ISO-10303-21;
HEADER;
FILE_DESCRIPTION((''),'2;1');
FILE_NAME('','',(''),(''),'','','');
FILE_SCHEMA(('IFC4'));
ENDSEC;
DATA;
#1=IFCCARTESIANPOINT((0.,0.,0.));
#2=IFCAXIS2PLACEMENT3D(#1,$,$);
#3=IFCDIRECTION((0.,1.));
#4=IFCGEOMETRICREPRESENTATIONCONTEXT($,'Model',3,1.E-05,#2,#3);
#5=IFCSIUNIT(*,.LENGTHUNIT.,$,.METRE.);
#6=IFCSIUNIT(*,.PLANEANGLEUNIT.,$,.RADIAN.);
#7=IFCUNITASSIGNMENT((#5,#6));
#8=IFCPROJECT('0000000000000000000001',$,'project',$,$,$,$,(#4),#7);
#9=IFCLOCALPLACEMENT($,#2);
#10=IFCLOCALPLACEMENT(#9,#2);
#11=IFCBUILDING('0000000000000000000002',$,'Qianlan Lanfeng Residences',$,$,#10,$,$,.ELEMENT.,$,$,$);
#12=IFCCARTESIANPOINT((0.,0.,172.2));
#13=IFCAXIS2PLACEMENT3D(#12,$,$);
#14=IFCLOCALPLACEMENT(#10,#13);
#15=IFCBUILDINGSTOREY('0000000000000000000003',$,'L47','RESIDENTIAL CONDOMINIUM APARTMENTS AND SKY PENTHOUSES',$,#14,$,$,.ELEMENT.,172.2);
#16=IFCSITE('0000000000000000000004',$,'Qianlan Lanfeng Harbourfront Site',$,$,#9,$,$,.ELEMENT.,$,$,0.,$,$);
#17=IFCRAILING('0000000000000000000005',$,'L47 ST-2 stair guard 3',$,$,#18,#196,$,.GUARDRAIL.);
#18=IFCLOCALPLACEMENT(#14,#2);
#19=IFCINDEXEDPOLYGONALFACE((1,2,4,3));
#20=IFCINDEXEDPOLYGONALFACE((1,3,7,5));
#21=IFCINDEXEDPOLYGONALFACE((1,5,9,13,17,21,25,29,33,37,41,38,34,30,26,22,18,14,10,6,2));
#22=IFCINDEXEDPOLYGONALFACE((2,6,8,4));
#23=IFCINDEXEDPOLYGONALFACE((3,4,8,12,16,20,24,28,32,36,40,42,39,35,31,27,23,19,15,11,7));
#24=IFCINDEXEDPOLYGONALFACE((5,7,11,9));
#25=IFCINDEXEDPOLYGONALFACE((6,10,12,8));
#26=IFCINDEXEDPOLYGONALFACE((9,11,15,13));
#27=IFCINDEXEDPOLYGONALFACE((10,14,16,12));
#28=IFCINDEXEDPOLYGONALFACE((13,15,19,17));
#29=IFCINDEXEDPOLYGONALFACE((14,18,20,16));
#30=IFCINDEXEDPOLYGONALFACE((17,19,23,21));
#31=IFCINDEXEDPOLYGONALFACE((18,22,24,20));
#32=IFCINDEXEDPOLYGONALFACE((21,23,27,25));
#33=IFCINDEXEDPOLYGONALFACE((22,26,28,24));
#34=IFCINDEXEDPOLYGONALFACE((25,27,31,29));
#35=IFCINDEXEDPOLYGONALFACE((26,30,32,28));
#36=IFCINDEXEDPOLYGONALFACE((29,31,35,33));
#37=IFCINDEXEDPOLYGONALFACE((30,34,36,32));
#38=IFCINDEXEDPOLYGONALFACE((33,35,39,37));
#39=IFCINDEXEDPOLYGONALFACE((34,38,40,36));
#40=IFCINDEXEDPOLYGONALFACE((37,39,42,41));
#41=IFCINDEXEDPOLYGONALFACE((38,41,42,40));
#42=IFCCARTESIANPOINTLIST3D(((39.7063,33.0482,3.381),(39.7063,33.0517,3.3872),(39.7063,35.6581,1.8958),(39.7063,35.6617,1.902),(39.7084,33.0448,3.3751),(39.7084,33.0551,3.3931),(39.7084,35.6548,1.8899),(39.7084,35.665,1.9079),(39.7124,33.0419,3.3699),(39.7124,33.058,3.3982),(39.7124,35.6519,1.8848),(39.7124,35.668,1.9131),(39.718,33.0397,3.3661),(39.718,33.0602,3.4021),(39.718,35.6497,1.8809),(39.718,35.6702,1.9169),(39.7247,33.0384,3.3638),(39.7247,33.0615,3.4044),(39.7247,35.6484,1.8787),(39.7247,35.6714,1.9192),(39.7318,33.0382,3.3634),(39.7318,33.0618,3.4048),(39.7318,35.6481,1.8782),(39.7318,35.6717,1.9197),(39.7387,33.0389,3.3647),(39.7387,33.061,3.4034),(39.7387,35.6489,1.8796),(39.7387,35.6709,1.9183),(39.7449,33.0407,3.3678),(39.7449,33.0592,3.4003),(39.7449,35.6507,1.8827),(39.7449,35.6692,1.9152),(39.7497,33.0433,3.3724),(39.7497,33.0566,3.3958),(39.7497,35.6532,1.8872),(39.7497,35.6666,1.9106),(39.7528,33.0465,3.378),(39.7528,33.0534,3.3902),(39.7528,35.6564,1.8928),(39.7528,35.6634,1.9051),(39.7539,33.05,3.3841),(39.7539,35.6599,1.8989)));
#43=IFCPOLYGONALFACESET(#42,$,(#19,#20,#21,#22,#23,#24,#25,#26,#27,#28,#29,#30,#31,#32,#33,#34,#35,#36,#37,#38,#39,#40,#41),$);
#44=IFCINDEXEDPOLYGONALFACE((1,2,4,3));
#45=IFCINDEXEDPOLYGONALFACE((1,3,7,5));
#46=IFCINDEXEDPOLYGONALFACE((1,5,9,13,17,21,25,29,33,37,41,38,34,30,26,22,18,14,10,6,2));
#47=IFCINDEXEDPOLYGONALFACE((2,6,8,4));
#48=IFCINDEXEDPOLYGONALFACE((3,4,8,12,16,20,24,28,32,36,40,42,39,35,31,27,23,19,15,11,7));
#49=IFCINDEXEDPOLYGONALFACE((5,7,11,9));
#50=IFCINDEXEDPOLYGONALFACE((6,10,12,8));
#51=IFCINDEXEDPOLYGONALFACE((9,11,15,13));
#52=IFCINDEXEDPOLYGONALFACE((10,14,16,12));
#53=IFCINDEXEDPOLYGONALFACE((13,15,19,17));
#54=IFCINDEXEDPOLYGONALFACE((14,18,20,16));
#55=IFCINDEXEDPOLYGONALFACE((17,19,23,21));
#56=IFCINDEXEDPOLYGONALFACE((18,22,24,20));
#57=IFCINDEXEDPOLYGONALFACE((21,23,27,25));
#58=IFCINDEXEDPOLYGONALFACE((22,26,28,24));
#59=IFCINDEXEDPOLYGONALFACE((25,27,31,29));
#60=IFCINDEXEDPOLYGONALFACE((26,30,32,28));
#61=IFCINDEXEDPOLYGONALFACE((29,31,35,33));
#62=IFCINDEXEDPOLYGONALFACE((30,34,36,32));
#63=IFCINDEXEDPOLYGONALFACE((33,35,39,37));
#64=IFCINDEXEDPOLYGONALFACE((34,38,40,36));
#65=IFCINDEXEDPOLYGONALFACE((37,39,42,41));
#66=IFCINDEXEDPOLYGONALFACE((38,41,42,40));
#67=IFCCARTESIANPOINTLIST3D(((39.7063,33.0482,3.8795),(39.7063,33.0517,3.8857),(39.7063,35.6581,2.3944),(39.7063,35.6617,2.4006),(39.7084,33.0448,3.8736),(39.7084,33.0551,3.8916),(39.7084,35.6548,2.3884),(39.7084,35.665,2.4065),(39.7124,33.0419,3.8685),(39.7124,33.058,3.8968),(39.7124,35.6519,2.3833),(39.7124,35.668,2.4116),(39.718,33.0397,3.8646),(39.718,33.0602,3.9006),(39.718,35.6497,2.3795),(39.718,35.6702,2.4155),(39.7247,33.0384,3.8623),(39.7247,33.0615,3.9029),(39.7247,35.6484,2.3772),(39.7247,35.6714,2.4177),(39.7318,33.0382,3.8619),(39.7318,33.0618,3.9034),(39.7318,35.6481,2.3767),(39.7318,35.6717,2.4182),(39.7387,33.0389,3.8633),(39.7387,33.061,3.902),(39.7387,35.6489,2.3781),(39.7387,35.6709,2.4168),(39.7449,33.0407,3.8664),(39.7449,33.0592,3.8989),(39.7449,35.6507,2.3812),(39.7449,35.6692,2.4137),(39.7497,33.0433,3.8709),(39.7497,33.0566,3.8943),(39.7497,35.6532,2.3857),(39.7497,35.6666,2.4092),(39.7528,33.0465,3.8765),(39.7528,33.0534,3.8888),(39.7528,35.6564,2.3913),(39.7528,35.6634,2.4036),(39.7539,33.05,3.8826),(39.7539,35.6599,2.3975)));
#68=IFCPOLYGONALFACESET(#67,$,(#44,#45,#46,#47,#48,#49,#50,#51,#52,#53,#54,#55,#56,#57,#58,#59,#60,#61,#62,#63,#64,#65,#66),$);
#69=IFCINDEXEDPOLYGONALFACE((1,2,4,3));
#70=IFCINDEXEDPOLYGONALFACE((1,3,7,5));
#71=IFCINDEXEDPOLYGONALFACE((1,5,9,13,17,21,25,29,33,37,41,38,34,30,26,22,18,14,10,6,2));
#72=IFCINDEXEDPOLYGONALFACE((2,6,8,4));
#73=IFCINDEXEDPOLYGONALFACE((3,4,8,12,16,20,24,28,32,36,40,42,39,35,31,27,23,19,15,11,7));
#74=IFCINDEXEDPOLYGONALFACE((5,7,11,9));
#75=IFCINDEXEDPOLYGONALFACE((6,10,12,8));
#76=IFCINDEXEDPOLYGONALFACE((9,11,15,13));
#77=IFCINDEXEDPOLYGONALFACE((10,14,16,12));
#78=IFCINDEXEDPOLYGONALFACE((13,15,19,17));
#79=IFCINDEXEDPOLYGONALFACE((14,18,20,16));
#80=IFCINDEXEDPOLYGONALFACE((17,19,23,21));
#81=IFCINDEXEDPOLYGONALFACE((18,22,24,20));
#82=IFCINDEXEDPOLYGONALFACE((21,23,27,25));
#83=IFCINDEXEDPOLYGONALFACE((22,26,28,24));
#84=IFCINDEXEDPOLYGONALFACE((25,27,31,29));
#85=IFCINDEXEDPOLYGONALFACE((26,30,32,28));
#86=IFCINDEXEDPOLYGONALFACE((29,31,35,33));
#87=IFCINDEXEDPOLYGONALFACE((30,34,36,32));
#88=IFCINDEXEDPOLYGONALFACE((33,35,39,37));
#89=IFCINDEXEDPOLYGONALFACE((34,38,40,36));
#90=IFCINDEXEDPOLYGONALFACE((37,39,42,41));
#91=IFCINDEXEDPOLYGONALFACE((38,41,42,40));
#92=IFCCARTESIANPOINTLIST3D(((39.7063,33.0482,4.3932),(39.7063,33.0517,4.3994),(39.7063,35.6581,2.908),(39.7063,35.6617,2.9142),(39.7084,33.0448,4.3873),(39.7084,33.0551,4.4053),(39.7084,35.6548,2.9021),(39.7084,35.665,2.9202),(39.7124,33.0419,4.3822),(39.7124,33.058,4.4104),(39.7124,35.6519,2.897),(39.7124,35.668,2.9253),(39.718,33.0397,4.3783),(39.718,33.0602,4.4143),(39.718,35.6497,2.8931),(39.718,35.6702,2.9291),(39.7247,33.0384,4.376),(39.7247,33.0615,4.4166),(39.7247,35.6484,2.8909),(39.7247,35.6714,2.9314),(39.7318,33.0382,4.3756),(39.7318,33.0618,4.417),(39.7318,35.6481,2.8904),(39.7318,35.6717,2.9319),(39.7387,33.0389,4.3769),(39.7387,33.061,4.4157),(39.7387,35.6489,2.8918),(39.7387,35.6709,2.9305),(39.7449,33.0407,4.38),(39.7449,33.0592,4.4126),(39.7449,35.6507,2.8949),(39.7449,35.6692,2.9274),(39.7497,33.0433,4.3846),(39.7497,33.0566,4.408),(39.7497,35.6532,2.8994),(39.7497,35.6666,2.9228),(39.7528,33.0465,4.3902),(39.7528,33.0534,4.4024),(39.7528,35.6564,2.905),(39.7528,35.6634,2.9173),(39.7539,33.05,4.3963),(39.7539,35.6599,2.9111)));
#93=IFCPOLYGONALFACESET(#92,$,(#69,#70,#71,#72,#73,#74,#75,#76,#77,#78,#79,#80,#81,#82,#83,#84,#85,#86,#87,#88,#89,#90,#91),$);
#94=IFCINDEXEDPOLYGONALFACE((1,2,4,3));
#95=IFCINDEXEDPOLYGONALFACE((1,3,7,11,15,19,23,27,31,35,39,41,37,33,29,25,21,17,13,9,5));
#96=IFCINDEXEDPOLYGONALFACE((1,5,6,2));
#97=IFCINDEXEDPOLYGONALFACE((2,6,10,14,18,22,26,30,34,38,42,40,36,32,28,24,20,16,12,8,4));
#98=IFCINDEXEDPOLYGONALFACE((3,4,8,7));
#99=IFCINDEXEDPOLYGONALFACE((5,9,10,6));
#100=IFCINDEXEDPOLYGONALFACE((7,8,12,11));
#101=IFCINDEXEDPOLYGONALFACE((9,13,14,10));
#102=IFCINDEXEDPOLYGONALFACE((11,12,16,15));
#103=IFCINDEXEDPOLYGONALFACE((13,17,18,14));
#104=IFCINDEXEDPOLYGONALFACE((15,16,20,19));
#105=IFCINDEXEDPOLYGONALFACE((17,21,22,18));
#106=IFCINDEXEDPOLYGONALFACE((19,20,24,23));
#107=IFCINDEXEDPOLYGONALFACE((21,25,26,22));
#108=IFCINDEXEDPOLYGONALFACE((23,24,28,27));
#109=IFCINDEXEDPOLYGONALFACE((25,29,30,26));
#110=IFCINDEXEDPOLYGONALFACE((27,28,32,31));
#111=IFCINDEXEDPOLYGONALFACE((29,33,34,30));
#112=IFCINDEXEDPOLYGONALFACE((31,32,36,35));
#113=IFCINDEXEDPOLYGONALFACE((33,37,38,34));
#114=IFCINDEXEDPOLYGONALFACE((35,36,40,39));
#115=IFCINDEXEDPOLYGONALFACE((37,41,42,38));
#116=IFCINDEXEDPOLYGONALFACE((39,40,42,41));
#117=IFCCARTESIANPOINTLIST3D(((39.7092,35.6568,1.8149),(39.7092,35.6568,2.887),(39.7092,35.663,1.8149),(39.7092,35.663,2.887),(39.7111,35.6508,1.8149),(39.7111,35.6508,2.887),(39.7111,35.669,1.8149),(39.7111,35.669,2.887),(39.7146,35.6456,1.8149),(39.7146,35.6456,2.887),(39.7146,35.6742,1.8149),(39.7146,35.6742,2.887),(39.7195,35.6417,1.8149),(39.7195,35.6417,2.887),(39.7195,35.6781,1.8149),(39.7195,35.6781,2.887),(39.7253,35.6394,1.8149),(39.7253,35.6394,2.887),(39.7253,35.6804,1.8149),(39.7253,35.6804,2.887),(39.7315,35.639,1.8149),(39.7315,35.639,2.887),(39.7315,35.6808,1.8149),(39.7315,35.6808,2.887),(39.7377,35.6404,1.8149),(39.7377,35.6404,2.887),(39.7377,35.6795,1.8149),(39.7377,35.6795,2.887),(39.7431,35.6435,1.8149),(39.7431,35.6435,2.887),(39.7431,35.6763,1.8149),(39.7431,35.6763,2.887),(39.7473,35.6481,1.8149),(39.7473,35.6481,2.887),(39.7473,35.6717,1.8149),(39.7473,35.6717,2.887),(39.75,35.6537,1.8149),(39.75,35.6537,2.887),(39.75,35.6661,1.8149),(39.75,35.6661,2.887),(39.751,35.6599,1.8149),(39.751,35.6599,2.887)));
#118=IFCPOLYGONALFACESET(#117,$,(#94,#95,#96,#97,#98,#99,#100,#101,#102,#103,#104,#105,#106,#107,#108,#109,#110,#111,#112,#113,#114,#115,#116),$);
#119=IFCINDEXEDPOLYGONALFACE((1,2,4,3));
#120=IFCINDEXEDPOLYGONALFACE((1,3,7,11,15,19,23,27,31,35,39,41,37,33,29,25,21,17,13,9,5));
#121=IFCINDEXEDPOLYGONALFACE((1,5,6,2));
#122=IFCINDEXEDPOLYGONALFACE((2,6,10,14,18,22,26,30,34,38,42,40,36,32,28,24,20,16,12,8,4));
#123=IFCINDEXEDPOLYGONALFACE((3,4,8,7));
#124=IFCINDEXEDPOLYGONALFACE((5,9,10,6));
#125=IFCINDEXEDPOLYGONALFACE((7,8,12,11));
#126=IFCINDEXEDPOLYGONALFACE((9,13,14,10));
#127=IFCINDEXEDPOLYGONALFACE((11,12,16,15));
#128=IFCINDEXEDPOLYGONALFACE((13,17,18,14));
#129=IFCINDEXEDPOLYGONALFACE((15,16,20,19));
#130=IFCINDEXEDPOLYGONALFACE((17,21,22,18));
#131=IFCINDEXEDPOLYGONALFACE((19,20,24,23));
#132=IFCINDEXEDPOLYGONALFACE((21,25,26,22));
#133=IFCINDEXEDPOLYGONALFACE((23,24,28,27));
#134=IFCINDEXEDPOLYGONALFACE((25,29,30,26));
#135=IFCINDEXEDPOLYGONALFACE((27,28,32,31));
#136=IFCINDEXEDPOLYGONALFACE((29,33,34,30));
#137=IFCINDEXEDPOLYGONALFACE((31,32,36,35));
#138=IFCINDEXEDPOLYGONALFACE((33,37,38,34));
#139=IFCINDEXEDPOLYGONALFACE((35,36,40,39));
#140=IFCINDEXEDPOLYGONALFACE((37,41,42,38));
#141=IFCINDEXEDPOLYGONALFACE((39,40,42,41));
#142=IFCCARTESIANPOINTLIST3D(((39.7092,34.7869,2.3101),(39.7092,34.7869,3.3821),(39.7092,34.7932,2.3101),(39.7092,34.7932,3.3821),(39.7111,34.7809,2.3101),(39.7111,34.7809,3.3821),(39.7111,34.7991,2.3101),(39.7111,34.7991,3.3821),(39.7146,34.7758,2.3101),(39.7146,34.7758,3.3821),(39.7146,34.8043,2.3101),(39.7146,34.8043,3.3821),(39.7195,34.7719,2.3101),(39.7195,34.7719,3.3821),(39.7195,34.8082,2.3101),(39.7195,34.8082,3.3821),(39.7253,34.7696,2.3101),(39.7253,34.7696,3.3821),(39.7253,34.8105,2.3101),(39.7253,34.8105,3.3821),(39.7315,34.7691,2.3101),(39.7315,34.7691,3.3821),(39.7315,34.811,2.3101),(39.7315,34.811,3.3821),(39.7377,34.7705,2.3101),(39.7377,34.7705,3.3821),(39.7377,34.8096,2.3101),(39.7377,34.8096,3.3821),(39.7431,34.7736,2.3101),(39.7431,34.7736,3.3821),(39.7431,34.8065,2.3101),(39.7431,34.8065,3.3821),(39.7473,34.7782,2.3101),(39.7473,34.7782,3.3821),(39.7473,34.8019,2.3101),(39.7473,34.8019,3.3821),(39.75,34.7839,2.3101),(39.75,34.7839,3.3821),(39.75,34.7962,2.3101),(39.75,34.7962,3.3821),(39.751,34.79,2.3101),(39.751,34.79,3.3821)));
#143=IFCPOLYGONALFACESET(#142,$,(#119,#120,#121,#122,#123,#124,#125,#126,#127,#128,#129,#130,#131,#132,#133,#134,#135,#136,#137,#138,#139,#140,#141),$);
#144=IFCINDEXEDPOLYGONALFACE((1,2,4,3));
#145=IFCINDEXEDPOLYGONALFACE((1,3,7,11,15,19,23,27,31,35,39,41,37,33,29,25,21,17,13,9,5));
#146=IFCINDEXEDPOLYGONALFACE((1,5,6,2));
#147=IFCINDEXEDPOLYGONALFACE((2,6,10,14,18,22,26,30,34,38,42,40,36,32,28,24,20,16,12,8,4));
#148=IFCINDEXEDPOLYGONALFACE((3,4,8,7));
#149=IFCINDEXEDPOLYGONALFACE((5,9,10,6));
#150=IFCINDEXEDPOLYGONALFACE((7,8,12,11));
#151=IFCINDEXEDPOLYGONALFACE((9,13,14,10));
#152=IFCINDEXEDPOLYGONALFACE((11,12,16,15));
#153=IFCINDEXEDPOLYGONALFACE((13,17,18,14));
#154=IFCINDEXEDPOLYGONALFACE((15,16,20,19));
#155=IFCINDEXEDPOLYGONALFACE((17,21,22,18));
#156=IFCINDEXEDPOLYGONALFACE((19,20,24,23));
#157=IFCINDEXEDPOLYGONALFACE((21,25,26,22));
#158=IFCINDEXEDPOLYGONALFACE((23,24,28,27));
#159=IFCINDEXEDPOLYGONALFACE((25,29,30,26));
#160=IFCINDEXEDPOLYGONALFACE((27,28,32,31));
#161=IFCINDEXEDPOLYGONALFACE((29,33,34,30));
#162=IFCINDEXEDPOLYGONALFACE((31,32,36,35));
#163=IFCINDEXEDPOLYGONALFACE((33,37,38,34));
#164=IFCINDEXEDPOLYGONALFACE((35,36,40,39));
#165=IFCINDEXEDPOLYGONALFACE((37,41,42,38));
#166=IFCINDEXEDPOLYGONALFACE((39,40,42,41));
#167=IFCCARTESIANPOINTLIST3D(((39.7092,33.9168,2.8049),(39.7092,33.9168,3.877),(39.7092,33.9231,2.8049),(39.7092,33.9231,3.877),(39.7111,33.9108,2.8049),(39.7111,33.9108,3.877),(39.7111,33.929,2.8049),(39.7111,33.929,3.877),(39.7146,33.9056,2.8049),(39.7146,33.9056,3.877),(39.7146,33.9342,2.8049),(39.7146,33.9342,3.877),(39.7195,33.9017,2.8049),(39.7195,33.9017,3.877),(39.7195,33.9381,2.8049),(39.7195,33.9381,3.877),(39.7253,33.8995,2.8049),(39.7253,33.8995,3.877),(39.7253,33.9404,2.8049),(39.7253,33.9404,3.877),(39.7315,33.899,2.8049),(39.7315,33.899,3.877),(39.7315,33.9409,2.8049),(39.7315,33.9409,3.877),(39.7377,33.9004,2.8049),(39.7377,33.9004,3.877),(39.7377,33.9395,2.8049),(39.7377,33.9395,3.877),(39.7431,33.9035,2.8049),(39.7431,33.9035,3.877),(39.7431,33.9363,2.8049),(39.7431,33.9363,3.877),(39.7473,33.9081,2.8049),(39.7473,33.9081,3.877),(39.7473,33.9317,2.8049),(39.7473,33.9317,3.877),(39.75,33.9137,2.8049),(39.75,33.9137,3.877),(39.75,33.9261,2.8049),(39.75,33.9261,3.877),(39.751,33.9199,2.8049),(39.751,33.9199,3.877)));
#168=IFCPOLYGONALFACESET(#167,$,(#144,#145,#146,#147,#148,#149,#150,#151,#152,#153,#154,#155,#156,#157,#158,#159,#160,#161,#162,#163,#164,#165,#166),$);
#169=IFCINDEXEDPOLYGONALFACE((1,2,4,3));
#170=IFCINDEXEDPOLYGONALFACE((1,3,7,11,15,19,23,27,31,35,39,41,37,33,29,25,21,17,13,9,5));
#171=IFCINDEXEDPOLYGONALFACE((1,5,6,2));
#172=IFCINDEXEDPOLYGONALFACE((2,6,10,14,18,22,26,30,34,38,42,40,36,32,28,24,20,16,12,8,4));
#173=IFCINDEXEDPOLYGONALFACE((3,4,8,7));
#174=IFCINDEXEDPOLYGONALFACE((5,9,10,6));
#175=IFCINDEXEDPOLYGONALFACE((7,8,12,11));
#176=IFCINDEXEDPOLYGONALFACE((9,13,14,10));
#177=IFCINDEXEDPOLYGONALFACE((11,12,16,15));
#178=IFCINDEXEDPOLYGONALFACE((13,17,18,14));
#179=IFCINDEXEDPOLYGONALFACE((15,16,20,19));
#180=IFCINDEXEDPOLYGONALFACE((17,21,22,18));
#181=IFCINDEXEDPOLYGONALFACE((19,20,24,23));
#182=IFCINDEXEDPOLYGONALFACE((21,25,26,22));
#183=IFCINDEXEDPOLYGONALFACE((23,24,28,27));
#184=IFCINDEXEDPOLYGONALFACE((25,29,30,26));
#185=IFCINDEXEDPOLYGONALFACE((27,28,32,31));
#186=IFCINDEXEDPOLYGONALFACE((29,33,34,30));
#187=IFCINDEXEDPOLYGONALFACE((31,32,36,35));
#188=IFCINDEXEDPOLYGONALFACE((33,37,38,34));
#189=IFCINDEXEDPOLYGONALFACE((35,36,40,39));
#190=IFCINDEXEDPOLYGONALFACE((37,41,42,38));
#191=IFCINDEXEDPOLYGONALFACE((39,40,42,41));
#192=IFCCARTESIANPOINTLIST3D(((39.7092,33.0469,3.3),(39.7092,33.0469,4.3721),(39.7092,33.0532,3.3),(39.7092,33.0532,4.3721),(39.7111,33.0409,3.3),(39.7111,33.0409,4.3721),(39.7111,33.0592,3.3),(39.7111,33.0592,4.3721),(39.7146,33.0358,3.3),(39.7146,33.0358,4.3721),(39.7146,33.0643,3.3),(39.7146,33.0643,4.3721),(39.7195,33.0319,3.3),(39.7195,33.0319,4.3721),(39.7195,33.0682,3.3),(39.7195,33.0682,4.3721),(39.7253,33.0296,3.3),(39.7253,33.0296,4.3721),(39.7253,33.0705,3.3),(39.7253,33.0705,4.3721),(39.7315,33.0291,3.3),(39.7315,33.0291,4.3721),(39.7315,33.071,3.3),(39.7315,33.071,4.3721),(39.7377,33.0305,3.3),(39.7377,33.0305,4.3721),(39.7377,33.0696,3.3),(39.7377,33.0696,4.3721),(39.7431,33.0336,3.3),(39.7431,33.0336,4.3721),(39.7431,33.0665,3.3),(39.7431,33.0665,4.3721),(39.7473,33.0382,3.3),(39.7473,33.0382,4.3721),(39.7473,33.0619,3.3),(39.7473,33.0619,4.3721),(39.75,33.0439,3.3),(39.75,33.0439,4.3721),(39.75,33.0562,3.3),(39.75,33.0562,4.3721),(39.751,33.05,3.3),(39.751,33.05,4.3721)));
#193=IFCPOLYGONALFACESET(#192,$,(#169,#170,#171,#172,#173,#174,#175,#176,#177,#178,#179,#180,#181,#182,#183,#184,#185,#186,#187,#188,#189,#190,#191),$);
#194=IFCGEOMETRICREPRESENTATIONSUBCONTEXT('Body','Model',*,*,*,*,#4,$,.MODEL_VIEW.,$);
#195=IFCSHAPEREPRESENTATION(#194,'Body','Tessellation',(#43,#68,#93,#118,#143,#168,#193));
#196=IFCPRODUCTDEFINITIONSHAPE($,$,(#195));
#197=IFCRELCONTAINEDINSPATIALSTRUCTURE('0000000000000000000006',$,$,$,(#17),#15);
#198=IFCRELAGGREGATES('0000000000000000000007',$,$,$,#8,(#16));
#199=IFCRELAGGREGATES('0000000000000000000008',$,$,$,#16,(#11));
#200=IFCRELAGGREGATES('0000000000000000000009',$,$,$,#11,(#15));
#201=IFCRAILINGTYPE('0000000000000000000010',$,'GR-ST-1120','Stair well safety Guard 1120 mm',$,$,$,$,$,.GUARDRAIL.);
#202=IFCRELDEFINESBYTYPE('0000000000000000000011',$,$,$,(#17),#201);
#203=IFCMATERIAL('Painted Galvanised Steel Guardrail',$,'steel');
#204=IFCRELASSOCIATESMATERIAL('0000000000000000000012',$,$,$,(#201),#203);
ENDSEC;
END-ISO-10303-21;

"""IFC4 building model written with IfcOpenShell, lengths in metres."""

from ifc_helpers import new_model, si_unit, direction, frame, origin, origin_2d, place, context, subcontext, project, spatial, circle, extrude, material, type_object, element, save


model = new_model("IFC4")

# Units and contexts
model_context = context("Model", 3, precision=1e-05, world=origin(), true_north=direction((0.0, 1.0)))
body_context = subcontext(model_context, "Body", "Model", "MODEL_VIEW")
ifc_project = project(units=[si_unit("LENGTHUNIT", "METRE"), si_unit("PLANEANGLEUNIT", "RADIAN")], contexts=[model_context])

# Site, building, storey
site_placement = place(None, origin())
site = spatial("IfcSite", under=ifc_project, at=site_placement, Name="Qianlan Lanfeng Harbourfront Site", CompositionType="ELEMENT", RefElevation=0.0)
building_placement = place(site_placement, origin())
building = spatial("IfcBuilding", under=site, at=building_placement, Name="Qianlan Lanfeng Residences", CompositionType="ELEMENT")
storey_placement = place(building_placement, frame((0.0, 0.0, 172.2)))
storey = spatial("IfcBuildingStorey", under=building, at=storey_placement, Name="L47", Description="RESIDENTIAL CONDOMINIUM APARTMENTS AND SKY PENTHOUSES", CompositionType="ELEMENT", Elevation=172.2)

# Railing
ifc_material_1 = material(Name="Painted Galvanised Steel Guardrail", Category="steel")
railing_type_1 = type_object("IfcRailingType", Name="GR-ST-1120", Description="Stair well safety Guard 1120 mm", PredefinedType="GUARDRAIL", material=ifc_material_1)
railing_1_placement = place(storey_placement, frame((39.73, 35.6599, 1.8149)))
element("IfcRailing", 1, at=railing_1_placement, inside=storey, type_object=railing_type_1, Name="L47 ST-2 stair guard 3", PredefinedType="GUARDRAIL", context=body_context, shape_type="SweptSolid", body=[
    extrude(circle(Radius=0.0239, at=origin_2d()), frame((0.0, 0.0, 0.084), z_axis=(0.0, -0.869137, 0.494571), x_axis=(1.0, 0.0, 0.0)), (0.0, 0.0, 1.0), 3.0029),
    extrude(circle(Radius=0.0239, at=origin_2d()), frame((0.0, 0.0, 0.5825), z_axis=(0.0, -0.869137, 0.494571), x_axis=(1.0, 0.0, 0.0)), (0.0, 0.0, 1.0), 3.0029),
    extrude(circle(Radius=0.0239, at=origin_2d()), frame((0.0, 0.0, 1.0962), z_axis=(0.0, -0.869137, 0.494571), x_axis=(1.0, 0.0, 0.0)), (0.0, 0.0, 1.0), 3.0029),
    extrude(circle(Radius=0.021, at=origin_2d()), origin(), (0.0, 0.0, 1.0), 1.072),
    extrude(circle(Radius=0.021, at=origin_2d()), frame((0.0, -0.8699, 0.4951)), (0.0, 0.0, 1.0), 1.072),
    extrude(circle(Radius=0.021, at=origin_2d()), frame((0.0, -1.74, 0.99)), (0.0, 0.0, 1.0), 1.072),
    extrude(circle(Radius=0.021, at=origin_2d()), frame((0.0, -2.6099, 1.4851)), (0.0, 0.0, 1.0), 1.072),
])

save(model, "model.ifc")
